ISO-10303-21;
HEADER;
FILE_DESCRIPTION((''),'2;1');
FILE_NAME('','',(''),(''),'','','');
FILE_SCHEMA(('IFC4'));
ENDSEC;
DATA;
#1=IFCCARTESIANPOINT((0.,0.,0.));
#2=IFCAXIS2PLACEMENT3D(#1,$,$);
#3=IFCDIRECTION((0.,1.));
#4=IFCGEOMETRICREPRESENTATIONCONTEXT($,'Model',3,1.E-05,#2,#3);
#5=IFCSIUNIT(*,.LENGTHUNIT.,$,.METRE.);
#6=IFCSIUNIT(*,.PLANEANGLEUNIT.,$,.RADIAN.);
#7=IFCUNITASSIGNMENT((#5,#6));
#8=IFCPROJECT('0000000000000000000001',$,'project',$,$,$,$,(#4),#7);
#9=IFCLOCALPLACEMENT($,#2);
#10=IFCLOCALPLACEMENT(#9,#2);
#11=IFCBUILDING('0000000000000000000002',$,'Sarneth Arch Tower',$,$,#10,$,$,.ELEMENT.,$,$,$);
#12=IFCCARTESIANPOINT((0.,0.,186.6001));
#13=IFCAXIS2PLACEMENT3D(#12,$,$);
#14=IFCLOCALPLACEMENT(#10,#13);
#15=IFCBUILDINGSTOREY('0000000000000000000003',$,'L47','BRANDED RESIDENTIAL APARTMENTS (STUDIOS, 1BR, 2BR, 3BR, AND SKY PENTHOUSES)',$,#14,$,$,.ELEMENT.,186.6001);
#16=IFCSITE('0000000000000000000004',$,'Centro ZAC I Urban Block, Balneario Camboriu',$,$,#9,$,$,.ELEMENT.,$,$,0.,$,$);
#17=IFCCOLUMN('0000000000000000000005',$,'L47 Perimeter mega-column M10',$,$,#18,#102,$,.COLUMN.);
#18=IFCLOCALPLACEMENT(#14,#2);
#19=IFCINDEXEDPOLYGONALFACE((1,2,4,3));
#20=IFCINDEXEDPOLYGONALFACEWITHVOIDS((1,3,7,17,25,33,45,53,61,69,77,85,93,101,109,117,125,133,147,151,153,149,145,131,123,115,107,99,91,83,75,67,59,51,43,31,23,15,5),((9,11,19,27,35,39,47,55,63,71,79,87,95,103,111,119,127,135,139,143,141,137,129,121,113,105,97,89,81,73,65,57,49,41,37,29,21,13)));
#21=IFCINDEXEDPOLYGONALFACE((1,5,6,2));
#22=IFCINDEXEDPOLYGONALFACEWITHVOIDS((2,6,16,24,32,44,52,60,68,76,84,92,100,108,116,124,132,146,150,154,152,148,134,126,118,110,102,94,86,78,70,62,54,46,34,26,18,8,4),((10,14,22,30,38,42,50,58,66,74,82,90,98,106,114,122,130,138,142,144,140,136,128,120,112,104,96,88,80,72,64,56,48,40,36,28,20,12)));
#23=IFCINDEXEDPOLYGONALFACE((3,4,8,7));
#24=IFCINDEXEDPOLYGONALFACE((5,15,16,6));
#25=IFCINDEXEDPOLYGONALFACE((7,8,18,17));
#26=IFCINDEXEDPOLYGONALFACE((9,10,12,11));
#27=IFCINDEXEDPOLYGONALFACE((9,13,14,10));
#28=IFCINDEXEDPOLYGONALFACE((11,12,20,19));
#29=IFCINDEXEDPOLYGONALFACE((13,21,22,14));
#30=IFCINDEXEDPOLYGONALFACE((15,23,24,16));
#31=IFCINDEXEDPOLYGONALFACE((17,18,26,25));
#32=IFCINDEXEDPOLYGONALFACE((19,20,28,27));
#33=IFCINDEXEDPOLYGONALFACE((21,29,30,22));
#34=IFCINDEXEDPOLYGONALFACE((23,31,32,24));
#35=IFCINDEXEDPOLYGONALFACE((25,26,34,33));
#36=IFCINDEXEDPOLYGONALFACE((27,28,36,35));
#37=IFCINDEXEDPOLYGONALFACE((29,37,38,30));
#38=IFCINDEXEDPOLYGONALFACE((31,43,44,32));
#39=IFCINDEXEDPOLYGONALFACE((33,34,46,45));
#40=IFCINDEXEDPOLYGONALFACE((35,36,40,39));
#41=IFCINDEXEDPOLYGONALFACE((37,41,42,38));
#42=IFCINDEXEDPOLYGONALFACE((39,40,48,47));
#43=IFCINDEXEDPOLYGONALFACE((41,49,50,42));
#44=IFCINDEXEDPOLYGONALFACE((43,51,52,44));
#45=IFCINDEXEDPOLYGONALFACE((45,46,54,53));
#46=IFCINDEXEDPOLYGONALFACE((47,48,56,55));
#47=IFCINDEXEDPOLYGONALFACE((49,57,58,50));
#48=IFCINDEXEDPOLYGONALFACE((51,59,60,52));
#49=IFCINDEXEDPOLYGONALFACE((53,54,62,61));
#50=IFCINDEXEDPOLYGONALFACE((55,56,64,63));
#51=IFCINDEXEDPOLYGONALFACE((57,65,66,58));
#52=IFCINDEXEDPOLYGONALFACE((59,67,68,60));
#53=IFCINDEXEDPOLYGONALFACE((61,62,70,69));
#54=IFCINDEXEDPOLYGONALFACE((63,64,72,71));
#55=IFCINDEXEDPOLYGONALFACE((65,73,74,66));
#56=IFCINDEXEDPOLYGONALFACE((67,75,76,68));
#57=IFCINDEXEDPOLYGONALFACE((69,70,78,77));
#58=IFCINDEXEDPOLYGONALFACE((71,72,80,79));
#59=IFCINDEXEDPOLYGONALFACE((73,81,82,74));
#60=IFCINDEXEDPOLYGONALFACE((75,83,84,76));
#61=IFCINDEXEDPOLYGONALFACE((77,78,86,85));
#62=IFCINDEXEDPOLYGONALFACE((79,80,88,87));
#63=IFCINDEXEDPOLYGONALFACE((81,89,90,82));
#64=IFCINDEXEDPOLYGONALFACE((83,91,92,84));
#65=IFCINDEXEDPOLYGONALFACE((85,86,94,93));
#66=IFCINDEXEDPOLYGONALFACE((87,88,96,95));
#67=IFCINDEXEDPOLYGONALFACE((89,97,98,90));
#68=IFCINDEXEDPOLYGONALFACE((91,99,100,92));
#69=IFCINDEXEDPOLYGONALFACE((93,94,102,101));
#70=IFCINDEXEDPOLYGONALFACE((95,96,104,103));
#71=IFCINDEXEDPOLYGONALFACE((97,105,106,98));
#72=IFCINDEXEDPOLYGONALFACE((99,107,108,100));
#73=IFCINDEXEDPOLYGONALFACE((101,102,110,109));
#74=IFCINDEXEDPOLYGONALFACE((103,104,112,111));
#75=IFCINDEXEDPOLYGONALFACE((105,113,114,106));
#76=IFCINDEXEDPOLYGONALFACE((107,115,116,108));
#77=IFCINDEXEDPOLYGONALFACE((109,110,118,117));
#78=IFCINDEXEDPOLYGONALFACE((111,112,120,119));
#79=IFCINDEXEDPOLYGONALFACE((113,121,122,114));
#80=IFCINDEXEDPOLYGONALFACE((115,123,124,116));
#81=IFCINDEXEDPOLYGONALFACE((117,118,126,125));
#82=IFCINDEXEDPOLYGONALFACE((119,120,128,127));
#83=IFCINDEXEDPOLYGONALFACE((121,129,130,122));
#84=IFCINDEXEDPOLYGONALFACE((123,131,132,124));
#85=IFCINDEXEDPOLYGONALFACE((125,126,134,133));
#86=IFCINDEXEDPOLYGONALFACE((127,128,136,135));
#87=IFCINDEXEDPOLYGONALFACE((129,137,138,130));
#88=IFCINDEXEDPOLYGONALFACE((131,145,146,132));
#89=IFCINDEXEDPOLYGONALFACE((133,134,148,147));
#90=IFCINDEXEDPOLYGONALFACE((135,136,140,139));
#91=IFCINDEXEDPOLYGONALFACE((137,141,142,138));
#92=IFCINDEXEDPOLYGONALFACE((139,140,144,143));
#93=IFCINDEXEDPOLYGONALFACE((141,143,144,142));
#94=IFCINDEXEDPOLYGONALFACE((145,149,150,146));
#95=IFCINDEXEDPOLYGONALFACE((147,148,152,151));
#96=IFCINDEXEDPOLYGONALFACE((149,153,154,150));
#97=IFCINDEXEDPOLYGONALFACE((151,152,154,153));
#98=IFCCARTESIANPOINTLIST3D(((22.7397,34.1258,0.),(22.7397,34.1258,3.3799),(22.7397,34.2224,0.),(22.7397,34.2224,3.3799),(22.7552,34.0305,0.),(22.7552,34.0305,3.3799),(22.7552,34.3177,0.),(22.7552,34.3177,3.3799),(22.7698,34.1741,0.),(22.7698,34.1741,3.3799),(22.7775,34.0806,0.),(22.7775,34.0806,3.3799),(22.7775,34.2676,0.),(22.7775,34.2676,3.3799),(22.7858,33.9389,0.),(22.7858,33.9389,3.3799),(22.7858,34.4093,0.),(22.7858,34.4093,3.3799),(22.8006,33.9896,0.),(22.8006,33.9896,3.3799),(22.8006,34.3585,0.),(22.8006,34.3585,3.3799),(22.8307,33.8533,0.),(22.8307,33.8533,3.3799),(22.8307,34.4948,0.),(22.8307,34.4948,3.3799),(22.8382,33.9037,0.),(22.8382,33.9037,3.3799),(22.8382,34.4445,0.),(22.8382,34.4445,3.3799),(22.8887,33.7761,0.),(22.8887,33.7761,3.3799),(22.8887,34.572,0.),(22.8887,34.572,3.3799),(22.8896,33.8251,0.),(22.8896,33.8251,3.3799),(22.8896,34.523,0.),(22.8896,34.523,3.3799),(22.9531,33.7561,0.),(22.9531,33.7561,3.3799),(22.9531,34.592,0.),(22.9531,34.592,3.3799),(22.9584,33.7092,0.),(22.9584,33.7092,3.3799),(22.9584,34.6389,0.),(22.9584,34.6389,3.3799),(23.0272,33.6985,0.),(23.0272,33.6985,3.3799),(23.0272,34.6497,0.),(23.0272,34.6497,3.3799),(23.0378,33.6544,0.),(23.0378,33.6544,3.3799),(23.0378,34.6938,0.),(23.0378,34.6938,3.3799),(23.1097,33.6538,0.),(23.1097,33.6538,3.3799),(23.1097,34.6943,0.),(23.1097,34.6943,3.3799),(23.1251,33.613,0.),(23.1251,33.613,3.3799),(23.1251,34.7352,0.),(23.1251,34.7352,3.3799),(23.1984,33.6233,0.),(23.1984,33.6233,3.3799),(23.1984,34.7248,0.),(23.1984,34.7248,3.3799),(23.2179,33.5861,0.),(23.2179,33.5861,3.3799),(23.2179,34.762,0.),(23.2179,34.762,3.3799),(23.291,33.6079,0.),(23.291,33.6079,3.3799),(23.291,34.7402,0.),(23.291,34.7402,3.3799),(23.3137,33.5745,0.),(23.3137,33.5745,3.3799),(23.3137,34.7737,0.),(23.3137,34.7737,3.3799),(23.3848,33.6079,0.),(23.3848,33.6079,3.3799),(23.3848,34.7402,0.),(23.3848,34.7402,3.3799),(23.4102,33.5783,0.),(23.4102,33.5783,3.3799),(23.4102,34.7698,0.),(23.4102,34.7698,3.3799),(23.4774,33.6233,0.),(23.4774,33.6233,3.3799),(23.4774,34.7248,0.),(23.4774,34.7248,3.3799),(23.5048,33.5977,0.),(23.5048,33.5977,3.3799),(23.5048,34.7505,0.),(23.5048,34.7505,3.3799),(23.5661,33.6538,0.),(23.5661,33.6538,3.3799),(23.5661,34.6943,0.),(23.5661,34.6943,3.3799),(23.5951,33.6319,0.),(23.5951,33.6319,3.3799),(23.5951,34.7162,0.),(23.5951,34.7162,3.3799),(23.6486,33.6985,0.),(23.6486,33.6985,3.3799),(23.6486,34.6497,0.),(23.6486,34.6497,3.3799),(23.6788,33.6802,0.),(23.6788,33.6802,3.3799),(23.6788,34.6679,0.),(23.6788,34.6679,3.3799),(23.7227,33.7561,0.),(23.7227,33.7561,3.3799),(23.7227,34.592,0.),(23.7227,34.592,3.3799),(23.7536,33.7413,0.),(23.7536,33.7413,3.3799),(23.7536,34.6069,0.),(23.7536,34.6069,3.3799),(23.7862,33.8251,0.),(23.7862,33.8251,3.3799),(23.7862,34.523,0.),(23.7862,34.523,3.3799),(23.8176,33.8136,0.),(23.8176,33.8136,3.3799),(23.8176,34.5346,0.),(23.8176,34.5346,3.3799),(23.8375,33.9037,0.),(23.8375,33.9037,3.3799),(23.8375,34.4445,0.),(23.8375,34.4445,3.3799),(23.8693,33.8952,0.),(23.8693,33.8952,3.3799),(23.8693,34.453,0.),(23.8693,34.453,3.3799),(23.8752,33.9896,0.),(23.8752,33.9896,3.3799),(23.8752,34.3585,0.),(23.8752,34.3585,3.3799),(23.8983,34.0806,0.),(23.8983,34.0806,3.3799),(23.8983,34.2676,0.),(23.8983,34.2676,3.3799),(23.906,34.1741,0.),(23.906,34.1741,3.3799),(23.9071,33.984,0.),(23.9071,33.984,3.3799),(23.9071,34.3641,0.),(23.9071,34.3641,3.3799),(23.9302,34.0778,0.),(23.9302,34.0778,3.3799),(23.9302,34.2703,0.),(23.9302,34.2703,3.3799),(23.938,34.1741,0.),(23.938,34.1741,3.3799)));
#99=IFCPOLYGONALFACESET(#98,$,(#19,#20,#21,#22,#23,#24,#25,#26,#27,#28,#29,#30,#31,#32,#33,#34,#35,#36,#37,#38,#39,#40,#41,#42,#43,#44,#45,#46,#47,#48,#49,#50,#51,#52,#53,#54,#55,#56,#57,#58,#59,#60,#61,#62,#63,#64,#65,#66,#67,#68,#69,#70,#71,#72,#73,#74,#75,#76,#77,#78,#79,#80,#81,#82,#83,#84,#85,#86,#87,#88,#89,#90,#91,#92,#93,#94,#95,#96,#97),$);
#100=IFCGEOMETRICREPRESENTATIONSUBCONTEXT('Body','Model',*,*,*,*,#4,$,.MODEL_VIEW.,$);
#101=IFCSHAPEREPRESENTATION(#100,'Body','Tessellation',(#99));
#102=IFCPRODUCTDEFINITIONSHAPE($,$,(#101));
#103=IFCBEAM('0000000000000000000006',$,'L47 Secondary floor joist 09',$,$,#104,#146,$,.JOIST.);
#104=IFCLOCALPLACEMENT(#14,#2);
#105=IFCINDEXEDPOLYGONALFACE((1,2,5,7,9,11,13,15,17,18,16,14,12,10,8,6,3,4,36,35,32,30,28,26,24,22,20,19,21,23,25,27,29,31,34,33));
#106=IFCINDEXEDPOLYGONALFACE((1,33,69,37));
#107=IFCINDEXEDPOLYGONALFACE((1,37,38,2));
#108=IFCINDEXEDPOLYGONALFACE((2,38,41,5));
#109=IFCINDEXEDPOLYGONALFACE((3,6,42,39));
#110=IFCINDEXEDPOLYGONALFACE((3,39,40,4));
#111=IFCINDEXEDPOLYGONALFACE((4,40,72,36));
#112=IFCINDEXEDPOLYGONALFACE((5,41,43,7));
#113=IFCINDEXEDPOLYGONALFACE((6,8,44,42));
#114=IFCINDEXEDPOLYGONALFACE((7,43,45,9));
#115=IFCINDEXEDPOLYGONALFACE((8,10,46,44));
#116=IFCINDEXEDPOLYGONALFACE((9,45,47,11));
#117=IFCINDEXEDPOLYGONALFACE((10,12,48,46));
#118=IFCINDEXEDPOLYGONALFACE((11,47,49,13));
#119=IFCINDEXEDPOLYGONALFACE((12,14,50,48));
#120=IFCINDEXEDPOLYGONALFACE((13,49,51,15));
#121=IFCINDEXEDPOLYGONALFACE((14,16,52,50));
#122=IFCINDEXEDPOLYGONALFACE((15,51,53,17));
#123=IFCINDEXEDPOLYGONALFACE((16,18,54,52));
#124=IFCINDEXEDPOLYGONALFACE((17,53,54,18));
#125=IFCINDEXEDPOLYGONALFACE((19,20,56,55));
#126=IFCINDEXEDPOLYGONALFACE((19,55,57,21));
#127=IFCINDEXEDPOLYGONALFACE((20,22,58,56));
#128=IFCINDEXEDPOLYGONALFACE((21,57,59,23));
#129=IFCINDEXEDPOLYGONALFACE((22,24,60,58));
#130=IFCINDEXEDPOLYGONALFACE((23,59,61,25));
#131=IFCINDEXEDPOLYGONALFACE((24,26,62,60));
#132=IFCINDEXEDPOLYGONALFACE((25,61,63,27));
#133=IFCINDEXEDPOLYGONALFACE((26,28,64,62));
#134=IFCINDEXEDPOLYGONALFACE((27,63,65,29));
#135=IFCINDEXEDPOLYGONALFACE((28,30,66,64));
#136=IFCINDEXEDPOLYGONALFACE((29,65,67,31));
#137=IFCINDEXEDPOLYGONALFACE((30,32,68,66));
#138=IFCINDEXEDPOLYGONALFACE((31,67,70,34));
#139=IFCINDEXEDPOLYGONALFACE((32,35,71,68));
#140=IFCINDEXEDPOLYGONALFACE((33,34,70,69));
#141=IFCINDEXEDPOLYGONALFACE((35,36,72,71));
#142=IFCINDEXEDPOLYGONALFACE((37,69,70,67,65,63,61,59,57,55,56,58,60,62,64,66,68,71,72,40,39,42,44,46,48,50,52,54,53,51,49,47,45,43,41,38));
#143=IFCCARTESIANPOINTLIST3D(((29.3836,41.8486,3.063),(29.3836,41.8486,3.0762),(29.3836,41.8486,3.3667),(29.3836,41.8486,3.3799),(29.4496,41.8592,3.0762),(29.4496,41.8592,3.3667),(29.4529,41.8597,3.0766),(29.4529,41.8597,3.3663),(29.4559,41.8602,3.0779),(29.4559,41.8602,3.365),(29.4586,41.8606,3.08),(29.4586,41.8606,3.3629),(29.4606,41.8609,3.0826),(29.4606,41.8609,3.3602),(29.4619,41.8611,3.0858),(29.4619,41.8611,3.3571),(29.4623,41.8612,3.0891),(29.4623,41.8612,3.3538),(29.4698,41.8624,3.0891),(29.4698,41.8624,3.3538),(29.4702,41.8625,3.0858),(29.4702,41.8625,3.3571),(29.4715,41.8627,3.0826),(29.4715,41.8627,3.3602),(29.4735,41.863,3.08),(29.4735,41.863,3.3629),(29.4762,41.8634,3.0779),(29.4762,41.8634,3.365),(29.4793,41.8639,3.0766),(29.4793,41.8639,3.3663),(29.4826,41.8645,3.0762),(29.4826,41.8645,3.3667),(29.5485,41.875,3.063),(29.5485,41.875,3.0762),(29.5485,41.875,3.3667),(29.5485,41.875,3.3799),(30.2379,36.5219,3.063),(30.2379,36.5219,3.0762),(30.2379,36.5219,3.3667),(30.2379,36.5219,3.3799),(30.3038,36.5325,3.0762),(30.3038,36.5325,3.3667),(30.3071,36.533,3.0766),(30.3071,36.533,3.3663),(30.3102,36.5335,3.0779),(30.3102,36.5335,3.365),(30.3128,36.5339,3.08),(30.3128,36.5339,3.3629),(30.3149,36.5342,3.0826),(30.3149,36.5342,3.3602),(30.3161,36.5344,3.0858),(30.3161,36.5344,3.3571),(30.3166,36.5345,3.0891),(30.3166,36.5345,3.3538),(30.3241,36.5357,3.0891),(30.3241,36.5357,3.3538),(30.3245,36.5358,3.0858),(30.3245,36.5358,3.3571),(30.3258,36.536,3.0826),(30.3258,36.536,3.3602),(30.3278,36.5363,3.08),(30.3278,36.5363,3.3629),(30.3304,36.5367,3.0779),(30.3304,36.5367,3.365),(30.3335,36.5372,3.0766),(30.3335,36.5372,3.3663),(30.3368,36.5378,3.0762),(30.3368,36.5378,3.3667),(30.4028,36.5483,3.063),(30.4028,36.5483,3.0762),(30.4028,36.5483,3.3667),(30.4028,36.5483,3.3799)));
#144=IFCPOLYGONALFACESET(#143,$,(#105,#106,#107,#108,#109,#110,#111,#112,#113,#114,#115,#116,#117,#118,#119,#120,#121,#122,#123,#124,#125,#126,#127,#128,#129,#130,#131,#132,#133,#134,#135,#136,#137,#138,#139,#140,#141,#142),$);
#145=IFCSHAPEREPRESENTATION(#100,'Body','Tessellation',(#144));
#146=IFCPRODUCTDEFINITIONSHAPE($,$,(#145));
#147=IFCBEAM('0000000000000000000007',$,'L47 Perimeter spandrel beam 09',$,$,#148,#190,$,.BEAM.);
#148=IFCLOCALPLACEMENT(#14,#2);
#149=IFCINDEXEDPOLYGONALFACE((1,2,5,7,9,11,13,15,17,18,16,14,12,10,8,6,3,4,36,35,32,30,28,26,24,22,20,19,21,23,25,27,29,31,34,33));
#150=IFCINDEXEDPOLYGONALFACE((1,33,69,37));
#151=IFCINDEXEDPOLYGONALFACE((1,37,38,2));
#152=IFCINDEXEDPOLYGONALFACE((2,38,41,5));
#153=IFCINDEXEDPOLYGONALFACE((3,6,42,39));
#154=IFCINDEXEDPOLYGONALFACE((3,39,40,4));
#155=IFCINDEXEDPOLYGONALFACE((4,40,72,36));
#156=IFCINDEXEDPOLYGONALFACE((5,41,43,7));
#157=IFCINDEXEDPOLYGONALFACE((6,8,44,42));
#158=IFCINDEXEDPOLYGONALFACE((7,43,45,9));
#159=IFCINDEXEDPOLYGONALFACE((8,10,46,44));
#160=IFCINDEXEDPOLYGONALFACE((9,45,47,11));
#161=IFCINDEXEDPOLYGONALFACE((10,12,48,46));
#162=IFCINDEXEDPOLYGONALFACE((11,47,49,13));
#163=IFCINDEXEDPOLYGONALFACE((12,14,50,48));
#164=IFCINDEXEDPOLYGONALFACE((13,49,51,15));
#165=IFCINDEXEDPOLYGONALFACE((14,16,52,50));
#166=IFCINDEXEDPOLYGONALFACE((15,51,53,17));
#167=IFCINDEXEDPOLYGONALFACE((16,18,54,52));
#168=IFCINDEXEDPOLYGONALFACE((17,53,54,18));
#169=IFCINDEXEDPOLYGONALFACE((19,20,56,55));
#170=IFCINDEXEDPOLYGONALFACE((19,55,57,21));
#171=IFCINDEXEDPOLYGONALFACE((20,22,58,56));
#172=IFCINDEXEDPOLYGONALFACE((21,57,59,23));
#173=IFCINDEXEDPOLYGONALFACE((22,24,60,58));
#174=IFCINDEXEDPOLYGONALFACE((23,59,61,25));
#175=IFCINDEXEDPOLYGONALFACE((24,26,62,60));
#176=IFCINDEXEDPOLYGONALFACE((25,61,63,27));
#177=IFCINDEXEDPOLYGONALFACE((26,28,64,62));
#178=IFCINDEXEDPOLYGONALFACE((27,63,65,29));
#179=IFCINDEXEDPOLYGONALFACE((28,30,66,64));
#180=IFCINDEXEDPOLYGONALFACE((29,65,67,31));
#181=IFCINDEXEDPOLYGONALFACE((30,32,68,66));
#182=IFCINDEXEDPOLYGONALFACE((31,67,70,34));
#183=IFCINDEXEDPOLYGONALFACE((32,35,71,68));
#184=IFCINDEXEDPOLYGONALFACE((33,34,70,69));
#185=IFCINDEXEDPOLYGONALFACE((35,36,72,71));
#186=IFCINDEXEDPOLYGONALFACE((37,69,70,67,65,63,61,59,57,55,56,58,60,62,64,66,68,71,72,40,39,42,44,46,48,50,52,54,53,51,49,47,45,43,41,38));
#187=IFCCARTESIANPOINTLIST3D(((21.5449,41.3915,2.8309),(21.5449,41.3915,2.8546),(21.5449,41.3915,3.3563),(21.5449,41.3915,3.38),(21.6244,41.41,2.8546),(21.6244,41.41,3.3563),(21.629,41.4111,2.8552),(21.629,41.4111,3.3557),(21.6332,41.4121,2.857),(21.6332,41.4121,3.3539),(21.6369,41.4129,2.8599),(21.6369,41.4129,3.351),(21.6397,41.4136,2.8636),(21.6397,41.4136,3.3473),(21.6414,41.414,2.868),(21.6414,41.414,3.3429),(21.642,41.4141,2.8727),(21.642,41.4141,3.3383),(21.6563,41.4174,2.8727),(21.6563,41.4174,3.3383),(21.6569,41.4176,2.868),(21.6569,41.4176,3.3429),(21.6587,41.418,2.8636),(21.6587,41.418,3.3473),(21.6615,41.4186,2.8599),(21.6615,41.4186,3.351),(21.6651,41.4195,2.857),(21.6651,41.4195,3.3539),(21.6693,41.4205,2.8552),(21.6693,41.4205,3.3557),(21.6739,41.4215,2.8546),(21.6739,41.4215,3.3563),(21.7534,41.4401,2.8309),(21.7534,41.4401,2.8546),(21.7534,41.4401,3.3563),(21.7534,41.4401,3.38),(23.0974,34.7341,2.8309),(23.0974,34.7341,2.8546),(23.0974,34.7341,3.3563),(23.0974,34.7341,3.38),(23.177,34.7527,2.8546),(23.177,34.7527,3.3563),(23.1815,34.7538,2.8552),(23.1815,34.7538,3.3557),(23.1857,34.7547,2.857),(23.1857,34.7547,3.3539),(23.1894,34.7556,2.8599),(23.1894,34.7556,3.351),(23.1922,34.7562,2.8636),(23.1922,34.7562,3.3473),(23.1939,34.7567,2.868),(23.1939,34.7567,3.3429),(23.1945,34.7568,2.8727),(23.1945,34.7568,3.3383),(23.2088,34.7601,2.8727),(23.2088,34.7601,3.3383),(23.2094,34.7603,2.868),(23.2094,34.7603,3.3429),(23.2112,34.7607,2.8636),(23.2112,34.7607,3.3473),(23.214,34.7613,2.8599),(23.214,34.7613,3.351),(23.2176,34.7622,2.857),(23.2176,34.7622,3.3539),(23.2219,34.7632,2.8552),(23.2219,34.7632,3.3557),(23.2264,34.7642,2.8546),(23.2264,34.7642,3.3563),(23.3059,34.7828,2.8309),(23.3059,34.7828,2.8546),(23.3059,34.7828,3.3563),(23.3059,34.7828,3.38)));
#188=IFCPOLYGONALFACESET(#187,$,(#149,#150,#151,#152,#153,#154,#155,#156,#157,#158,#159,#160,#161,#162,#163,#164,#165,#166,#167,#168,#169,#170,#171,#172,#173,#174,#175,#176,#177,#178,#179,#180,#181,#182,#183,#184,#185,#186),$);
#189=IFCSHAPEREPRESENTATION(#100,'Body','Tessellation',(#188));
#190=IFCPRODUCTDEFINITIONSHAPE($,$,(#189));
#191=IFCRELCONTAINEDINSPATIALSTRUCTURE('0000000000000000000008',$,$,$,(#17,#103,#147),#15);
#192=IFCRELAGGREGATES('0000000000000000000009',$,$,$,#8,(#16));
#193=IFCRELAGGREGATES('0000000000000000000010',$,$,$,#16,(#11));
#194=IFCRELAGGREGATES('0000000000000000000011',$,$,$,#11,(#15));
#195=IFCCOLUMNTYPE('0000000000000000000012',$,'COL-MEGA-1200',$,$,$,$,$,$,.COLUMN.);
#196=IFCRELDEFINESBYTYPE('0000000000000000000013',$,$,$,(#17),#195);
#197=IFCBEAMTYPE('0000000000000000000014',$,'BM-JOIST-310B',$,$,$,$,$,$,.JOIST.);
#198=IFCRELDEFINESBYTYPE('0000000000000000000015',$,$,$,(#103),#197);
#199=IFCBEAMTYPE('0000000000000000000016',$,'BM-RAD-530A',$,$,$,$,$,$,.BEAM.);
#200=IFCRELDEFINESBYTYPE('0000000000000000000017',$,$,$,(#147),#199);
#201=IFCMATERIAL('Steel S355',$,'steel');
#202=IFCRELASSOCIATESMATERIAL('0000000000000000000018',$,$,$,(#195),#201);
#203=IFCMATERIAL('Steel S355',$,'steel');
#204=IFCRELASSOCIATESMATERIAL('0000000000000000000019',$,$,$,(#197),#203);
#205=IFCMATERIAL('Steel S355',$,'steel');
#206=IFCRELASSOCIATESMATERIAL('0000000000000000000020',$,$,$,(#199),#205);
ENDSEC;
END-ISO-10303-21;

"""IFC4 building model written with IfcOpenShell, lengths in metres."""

from ifc_helpers import new_model, si_unit, direction, frame, origin, origin_2d, place, context, subcontext, project, spatial, hollow_circle, i_section, extrude, material, material_profile, profile_set, type_object, element, save


model = new_model("IFC4")

# Units and contexts
model_context = context("Model", 3, precision=1e-05, world=origin(), true_north=direction((0.0, 1.0)))
body_context = subcontext(model_context, "Body", "Model", "MODEL_VIEW")
ifc_project = project(units=[si_unit("LENGTHUNIT", "METRE"), si_unit("PLANEANGLEUNIT", "RADIAN")], contexts=[model_context])

# Site, building, storey
site_placement = place(None, origin())
site = spatial("IfcSite", under=ifc_project, at=site_placement, Name="Centro ZAC I Urban Block, Balneario Camboriu", CompositionType="ELEMENT", RefElevation=0.0)
building_placement = place(site_placement, origin())
building = spatial("IfcBuilding", under=site, at=building_placement, Name="Sarneth Arch Tower", CompositionType="ELEMENT")
storey_placement = place(building_placement, frame((0.0, 0.0, 186.6001)))
storey = spatial("IfcBuildingStorey", under=building, at=storey_placement, Name="L47", Description="BRANDED RESIDENTIAL APARTMENTS (STUDIOS, 1BR, 2BR, 3BR, AND SKY PENTHOUSES)", CompositionType="ELEMENT", Elevation=186.6001)

# Column
ifc_material_1 = material(Name="Steel S355", Category="steel")
ifc_material_profile_1 = material_profile(ifc_material_1, hollow_circle(Radius=0.6001, WallThickness=0.032, at=origin_2d()), Name="CHS1200x32")
ifc_profile_set_1 = profile_set([ifc_material_profile_1], Name="Steel S355")
column_type = type_object("IfcColumnType", Name="COL-MEGA-1200", PredefinedType="COLUMN", material=ifc_profile_set_1)
column_placement = place(storey_placement, frame((23.3379, 34.1741, 0.0), z_axis=(0.0, 0.0, 1.0), x_axis=(1.0, 0.0, 0.0)))
element("IfcColumn", 1, at=column_placement, inside=storey, type_object=column_type, Name="L47 Perimeter mega-column M10", PredefinedType="COLUMN", context=body_context, shape_type="SweptSolid", body=[
    extrude(hollow_circle(Radius=0.6001, WallThickness=0.032, at=origin_2d()), origin(), (0.0, 0.0, 1.0), 3.3799),
])

# Beams
ifc_material_2 = material(Name="Steel S355", Category="steel")
ifc_material_profile_2 = material_profile(ifc_material_2, i_section(OverallWidth=0.167, OverallDepth=0.3169, WebThickness=0.0076, FlangeThickness=0.0132, FilletRadius=0.0129, at=origin_2d()), Name="W310x52")
ifc_profile_set_2 = profile_set([ifc_material_profile_2], Name="Steel S355")
beam_type_1 = type_object("IfcBeamType", Name="BM-JOIST-310B", PredefinedType="JOIST", material=ifc_profile_set_2)
beam_1_placement = place(storey_placement, frame((29.4661, 41.8618, 3.2214), z_axis=(0.158349, -0.987383, 0.0), x_axis=(0.987383, 0.158349, 0.0)))
element("IfcBeam", 2, at=beam_1_placement, inside=storey, type_object=beam_type_1, Name="L47 Secondary floor joist 09", PredefinedType="JOIST", context=body_context, shape_type="SweptSolid", body=[
    extrude(i_section(OverallWidth=0.167, OverallDepth=0.3169, WebThickness=0.0076, FlangeThickness=0.0132, FilletRadius=0.0129, at=origin_2d()), origin(), (0.0, 0.0, 1.0), 5.3948),
])
ifc_material_3 = material(Name="Steel S355", Category="steel")
ifc_material_profile_3 = material_profile(ifc_material_3, i_section(OverallWidth=0.2141, OverallDepth=0.5491, WebThickness=0.0146, FlangeThickness=0.0237, FilletRadius=0.0181, at=origin_2d()), Name="W530x138")
ifc_profile_set_3 = profile_set([ifc_material_profile_3], Name="Steel S355")
beam_type_2 = type_object("IfcBeamType", Name="BM-RAD-530A", PredefinedType="BEAM", material=ifc_profile_set_3)
beam_2_placement = place(storey_placement, frame((21.6492, 41.4158, 3.1055), z_axis=(0.22711, -0.973869, 0.0), x_axis=(0.973869, 0.22711, 0.0)))
element("IfcBeam", 3, at=beam_2_placement, inside=storey, type_object=beam_type_2, Name="L47 Perimeter spandrel beam 09", PredefinedType="BEAM", context=body_context, shape_type="SweptSolid", body=[
    extrude(i_section(OverallWidth=0.2141, OverallDepth=0.5491, WebThickness=0.0146, FlangeThickness=0.0237, FilletRadius=0.0181, at=origin_2d()), origin(), (0.0, 0.0, 1.0), 6.8359),
])

save(model, "model.ifc")
